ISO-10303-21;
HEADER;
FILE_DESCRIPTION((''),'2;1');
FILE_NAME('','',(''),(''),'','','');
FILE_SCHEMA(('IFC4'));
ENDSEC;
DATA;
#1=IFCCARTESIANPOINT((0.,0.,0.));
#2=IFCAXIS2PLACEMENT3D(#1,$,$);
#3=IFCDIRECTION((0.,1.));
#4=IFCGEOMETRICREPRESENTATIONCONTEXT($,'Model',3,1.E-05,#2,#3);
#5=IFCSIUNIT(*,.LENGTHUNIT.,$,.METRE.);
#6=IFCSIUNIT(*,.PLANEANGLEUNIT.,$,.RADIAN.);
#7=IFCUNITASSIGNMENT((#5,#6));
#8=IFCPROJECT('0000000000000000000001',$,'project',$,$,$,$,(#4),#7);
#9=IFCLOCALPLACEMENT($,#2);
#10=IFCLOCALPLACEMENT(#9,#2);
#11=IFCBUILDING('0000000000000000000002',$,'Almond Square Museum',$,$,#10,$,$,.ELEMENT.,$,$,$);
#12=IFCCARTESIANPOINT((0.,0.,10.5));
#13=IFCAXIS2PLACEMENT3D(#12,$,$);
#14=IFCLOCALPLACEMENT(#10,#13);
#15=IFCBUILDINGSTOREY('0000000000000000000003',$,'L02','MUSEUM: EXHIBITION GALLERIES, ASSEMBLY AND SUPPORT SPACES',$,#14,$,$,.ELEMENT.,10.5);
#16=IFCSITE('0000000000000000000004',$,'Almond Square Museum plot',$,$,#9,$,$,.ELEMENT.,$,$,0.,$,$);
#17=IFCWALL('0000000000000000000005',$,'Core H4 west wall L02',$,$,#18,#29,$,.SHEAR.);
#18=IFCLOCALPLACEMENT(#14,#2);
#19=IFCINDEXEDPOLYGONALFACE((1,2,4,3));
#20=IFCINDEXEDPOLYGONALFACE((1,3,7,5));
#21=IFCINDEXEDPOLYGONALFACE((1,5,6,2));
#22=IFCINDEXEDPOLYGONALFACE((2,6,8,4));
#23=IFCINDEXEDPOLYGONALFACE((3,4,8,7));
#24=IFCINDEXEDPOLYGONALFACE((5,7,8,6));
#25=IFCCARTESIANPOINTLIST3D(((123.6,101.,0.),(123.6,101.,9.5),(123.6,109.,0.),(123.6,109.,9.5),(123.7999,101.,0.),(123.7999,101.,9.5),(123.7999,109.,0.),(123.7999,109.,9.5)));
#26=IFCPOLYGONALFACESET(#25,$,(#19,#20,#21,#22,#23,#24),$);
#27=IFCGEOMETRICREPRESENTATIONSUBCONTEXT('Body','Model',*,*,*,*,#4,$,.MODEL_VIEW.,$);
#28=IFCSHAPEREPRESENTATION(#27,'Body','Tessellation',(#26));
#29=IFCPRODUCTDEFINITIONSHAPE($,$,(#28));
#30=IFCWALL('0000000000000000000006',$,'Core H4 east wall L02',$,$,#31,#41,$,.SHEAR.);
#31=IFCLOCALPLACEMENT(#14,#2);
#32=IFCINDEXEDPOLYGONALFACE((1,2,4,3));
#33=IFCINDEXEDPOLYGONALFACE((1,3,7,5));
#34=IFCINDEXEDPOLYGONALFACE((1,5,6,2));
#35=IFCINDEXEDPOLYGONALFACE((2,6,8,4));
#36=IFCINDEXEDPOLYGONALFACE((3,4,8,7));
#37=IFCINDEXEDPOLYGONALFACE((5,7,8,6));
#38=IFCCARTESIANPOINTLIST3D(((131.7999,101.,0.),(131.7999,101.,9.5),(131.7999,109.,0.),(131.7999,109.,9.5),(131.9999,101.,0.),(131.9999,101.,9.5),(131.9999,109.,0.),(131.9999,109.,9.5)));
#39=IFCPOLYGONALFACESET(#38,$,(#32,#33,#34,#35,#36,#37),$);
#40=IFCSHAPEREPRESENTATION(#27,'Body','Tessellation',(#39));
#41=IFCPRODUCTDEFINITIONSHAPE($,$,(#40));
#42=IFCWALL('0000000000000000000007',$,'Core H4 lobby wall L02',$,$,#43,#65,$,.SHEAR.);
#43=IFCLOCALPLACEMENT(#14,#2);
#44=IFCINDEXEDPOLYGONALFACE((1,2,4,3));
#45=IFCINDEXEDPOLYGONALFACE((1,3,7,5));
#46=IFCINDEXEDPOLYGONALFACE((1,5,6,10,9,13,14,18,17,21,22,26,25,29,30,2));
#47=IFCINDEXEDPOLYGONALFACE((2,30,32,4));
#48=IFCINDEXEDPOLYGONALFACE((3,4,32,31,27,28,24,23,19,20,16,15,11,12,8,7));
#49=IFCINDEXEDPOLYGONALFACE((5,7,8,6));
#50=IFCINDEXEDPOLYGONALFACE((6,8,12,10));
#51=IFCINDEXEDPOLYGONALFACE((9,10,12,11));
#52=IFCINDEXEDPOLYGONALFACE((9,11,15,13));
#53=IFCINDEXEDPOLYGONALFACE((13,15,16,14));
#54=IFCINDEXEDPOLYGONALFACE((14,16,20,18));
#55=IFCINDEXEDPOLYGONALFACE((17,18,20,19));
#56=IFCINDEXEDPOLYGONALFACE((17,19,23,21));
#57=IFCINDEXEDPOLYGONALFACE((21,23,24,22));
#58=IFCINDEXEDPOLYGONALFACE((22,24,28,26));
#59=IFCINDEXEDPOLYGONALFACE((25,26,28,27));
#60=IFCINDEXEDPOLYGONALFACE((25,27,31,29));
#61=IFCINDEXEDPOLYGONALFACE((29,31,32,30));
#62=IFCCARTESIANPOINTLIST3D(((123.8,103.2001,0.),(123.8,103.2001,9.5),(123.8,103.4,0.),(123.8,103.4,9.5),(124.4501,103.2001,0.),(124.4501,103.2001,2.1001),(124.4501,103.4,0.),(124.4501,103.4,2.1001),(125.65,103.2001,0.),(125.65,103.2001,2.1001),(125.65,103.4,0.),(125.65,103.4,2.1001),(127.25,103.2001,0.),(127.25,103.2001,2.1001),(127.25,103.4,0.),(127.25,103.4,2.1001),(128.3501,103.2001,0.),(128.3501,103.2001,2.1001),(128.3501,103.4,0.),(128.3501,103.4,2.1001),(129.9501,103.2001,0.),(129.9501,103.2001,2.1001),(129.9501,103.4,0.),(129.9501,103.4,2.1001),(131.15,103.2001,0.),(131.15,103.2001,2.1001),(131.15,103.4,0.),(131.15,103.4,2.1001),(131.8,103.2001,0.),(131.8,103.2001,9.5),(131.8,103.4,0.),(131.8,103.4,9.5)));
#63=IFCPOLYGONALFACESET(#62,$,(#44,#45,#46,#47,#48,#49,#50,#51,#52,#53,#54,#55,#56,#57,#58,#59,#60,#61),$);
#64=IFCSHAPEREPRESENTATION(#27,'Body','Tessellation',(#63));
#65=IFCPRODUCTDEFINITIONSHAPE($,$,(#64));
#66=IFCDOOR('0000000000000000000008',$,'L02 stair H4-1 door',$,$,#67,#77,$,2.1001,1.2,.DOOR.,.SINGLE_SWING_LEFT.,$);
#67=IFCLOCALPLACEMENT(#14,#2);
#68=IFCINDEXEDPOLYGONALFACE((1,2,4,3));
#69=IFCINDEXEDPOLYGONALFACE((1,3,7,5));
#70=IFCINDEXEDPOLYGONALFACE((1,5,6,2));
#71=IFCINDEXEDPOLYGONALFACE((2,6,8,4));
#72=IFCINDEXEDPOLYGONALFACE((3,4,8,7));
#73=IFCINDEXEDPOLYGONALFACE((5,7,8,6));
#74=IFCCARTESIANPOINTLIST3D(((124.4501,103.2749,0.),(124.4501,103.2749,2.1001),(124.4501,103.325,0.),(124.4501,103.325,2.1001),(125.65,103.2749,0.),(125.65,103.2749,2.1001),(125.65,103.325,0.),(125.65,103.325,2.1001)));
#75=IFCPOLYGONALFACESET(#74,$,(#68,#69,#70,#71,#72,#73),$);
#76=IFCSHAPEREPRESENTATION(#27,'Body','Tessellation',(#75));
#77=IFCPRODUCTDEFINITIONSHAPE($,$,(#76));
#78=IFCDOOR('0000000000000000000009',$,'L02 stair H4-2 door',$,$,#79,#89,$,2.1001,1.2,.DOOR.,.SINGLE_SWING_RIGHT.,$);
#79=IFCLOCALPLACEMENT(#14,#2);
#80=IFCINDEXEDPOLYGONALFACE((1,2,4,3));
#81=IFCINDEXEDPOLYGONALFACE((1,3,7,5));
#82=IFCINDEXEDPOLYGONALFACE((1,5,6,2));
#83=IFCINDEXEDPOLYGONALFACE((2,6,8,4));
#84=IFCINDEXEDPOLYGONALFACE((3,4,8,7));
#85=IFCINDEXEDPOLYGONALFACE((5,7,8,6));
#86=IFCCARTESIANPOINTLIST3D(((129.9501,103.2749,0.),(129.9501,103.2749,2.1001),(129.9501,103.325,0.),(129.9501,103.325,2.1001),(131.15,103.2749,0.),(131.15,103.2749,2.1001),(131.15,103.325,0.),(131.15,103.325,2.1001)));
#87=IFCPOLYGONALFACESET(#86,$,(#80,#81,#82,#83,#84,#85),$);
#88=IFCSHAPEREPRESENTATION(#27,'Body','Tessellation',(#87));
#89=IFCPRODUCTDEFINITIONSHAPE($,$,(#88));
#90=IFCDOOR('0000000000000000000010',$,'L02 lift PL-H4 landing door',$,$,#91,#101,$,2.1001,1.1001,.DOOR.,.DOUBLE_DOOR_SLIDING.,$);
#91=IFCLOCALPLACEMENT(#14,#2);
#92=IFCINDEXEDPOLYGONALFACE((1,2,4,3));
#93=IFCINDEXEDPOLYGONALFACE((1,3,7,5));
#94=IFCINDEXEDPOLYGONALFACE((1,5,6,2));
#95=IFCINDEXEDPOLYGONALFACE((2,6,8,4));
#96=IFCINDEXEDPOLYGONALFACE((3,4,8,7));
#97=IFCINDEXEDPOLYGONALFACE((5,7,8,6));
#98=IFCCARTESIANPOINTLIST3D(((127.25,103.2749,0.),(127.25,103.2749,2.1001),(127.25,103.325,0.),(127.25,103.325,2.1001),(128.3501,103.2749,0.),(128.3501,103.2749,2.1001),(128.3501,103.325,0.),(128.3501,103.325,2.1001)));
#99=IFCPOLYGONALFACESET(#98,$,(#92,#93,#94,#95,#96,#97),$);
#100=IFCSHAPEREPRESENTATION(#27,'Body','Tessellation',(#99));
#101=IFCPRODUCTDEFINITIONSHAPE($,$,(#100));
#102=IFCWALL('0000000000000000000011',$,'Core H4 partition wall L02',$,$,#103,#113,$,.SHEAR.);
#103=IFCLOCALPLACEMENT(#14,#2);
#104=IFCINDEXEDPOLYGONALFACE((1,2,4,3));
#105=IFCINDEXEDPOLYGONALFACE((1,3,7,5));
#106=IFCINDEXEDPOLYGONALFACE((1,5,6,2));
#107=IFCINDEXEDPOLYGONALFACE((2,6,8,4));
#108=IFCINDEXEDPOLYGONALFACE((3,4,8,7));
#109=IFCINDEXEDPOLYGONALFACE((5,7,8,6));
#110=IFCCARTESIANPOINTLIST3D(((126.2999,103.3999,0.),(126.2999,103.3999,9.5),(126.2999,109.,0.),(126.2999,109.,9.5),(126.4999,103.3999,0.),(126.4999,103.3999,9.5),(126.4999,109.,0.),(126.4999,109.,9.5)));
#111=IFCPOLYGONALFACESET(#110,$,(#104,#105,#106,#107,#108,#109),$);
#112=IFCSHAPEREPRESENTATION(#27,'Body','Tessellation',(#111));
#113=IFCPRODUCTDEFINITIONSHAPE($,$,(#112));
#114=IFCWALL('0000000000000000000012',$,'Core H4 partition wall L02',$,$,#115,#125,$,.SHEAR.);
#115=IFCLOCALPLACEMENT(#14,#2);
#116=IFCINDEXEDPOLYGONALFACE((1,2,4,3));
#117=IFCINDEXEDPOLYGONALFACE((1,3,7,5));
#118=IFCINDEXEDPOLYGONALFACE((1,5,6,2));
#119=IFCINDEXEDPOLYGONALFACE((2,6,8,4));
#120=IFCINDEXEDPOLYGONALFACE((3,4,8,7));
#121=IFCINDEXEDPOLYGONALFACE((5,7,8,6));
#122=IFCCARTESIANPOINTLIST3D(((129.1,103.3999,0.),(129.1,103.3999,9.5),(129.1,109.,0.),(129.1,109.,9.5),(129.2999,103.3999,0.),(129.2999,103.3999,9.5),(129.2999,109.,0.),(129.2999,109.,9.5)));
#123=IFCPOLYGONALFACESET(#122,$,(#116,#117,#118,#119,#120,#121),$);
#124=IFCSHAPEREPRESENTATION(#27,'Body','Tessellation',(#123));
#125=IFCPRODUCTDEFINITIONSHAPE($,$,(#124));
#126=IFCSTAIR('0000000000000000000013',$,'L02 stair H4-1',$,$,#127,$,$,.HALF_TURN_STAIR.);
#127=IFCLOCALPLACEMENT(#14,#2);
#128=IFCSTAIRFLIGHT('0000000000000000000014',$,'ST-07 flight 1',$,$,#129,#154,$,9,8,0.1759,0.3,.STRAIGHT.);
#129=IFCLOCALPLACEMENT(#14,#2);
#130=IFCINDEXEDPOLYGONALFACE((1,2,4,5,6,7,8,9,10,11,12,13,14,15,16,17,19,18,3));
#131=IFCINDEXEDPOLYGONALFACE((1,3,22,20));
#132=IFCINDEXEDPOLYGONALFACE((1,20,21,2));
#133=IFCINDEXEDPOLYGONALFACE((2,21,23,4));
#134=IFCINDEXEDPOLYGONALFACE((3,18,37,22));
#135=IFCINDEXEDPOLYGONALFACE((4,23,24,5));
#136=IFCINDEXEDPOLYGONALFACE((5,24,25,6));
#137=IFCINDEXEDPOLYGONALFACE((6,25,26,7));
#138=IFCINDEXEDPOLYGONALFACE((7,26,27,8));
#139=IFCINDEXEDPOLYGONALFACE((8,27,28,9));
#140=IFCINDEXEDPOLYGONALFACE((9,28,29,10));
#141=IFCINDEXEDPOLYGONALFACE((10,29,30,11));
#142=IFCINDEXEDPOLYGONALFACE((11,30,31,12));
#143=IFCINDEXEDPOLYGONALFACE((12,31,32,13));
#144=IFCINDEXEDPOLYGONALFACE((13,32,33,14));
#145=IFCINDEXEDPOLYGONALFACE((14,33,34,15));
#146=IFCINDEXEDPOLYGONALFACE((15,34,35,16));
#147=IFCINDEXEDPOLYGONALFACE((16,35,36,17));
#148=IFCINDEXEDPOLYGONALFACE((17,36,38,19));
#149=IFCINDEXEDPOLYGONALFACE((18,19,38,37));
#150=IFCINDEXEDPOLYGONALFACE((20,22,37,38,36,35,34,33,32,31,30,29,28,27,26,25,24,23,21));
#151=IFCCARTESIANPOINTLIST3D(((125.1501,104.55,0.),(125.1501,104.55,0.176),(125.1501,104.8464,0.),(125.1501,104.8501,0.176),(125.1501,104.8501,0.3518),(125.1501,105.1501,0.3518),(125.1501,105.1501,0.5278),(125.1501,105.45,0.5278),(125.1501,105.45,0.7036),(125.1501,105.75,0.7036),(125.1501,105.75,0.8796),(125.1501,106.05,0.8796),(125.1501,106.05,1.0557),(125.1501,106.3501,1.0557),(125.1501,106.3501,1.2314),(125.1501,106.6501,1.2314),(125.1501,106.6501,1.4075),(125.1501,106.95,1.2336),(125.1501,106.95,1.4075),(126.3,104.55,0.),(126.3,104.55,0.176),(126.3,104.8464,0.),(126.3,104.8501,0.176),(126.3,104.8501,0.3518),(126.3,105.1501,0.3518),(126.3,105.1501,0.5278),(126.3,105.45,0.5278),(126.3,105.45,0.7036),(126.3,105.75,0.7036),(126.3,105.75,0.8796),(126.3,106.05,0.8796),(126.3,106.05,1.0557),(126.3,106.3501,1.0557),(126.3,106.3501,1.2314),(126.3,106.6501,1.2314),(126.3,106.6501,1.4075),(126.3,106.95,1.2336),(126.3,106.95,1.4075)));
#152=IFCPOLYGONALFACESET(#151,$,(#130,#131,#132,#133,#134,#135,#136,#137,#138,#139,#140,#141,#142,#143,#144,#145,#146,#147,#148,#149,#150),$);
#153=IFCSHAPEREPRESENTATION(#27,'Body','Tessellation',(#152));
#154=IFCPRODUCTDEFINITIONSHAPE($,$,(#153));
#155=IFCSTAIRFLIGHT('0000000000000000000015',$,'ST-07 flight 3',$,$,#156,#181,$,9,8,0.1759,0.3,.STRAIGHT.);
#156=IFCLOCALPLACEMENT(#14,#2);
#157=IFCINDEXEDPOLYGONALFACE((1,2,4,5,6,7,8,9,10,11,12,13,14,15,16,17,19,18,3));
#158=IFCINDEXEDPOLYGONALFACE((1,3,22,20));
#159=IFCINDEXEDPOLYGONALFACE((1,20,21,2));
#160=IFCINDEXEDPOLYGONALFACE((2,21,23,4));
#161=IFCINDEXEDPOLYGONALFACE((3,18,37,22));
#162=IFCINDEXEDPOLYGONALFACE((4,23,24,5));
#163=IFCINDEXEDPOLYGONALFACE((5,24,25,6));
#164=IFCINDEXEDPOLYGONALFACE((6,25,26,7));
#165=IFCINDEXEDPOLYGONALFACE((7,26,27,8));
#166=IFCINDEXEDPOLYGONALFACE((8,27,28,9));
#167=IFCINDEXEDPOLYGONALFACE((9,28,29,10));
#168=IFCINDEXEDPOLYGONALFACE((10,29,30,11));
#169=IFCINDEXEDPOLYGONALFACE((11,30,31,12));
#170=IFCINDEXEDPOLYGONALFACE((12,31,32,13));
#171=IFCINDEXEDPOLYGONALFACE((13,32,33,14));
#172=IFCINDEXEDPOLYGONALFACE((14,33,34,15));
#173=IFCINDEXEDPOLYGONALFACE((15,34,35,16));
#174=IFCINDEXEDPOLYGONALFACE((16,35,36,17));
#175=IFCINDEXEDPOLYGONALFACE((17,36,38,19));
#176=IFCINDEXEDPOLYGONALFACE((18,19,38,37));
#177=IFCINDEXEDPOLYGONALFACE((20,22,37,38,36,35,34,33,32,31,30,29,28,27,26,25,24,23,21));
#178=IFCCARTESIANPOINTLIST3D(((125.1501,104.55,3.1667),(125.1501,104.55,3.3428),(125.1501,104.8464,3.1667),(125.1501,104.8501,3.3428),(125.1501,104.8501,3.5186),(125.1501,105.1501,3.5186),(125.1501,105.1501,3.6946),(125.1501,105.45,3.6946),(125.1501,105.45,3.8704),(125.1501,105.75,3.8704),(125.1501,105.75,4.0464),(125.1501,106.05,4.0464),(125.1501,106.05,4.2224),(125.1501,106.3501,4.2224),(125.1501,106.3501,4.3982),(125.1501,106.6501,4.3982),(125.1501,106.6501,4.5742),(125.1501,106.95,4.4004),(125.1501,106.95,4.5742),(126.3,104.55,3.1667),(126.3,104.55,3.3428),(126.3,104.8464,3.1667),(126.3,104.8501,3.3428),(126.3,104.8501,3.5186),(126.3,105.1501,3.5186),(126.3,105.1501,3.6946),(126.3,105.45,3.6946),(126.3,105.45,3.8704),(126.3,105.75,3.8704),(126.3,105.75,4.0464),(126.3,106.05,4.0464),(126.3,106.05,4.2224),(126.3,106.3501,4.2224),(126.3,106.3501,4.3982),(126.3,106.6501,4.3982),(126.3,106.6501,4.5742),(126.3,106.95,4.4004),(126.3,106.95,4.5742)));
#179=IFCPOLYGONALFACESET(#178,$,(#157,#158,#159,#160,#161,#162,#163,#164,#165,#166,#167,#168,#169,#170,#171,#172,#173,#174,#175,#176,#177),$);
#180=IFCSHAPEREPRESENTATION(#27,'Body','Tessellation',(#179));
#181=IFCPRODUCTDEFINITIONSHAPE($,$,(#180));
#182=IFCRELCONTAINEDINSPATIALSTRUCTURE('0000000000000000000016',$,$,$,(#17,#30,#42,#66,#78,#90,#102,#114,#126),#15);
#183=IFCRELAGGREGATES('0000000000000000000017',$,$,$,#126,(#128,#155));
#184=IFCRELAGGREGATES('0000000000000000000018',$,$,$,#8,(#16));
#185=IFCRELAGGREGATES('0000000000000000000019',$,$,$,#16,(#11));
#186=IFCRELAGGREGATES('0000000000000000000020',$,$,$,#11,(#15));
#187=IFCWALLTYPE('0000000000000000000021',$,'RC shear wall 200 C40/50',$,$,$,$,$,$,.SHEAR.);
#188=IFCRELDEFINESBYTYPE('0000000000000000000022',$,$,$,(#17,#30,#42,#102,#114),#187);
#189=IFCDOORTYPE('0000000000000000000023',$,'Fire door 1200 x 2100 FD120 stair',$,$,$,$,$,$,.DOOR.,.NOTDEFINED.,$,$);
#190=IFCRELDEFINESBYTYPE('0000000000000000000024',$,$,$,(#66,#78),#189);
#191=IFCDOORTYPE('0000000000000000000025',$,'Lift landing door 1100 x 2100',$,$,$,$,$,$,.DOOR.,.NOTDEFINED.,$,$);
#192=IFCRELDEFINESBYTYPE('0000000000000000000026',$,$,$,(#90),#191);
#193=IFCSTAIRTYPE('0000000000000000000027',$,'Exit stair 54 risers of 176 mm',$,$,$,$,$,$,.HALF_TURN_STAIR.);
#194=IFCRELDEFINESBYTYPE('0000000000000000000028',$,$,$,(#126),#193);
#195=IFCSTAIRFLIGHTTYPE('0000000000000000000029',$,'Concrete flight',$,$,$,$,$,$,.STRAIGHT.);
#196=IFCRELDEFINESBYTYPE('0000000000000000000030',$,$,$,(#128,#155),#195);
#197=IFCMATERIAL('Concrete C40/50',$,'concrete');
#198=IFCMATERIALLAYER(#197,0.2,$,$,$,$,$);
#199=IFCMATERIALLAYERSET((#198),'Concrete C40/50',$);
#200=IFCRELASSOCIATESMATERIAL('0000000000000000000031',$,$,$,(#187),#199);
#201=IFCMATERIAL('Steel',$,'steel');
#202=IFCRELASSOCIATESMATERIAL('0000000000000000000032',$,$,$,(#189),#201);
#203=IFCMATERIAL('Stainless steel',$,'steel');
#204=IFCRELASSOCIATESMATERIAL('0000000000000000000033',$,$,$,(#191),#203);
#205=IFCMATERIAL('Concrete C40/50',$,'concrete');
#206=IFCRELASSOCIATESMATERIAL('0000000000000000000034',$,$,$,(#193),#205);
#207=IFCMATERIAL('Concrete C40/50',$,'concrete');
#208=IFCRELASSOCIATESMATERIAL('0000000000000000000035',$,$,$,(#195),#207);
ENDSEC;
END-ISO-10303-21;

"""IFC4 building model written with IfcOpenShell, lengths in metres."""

from ifc_helpers import new_model, si_unit, direction, frame, frame_2d, origin, place, context, subcontext, project, spatial, polyline, rectangle, outline, extrude, material, layer, layer_set, type_object, element, fill, aggregate, save


model = new_model("IFC4")

# Units and contexts
model_context = context("Model", 3, precision=1e-05, world=origin(), true_north=direction((0.0, 1.0)))
body_context = subcontext(model_context, "Body", "Model", "MODEL_VIEW")
ifc_project = project(units=[si_unit("LENGTHUNIT", "METRE"), si_unit("PLANEANGLEUNIT", "RADIAN")], contexts=[model_context])

# Site, building, storey
site_placement = place(None, origin())
site = spatial("IfcSite", under=ifc_project, at=site_placement, Name="Almond Square Museum plot", CompositionType="ELEMENT", RefElevation=0.0)
building_placement = place(site_placement, origin())
building = spatial("IfcBuilding", under=site, at=building_placement, Name="Almond Square Museum", CompositionType="ELEMENT")
storey_placement = place(building_placement, frame((0.0, 0.0, 10.5)))
storey = spatial("IfcBuildingStorey", under=building, at=storey_placement, Name="L02", Description="MUSEUM: EXHIBITION GALLERIES, ASSEMBLY AND SUPPORT SPACES", CompositionType="ELEMENT", Elevation=10.5)

# Shared definitions
ifc_material_1 = material(Name="Concrete C40/50", Category="concrete")
ifc_layer = layer(ifc_material_1, 0.2)
ifc_layer_set = layer_set([ifc_layer], Name="Concrete C40/50")
wall_type = type_object("IfcWallType", Name="RC shear wall 200 C40/50", PredefinedType="SHEAR", material=ifc_layer_set)

# Walls
for number, where, z_axis, x_axis, name in (
    (1, (123.7, 101.0, 0.0), (0.0, 0.0, 1.0), (0.0, 1.0, 0.0), "Core H4 west wall L02"),
    (2, (131.8999, 101.0, 0.0), (0.0, 0.0, 1.0), (0.0, 1.0, 0.0), "Core H4 east wall L02"),
):
    element("IfcWall", number, at=place(storey_placement, frame(where, z_axis=z_axis, x_axis=x_axis)), inside=storey, type_object=wall_type, Name=name, PredefinedType="SHEAR", context=body_context, shape_type="SweptSolid", body=[
        extrude(rectangle(XDim=8.0, YDim=0.2, at=frame_2d((4.0, 0.0))), origin(), (0.0, 0.0, 1.0), 9.5),
    ])

# Wall, openings, doors
wall_1_placement = place(storey_placement, frame((123.8, 103.3, 0.0), z_axis=(0.0, 0.0, 1.0), x_axis=(1.0, 0.0, 0.0)))
wall_1 = element("IfcWall", 3, at=wall_1_placement, inside=storey, type_object=wall_type, Name="Core H4 lobby wall L02", PredefinedType="SHEAR", context=body_context, shape_type="SweptSolid", body=[
    extrude(rectangle(XDim=8.0, YDim=0.2, at=frame_2d((4.0, 0.0))), origin(), (0.0, 0.0, 1.0), 9.5),
])
opening_1_placement = place(wall_1_placement, frame((0.6499, 0.0, 0.0)))
opening_1 = element("IfcOpeningElement", 4, at=opening_1_placement, cuts=wall_1, PredefinedType="OPENING", context=body_context, shape_type="SweptSolid", body=[
    extrude(rectangle(XDim=1.2, YDim=2.1001, at=frame_2d((0.6001, 1.05))), frame((0.0, 0.1099, 0.0), z_axis=(0.0, -1.0, 0.0), x_axis=(1.0, 0.0, 0.0)), (0.0, 0.0, 1.0), 0.22),
])
opening_2_placement = place(wall_1_placement, frame((6.1499, 0.0, 0.0)))
opening_2 = element("IfcOpeningElement", 5, at=opening_2_placement, cuts=wall_1, PredefinedType="OPENING", context=body_context, shape_type="SweptSolid", body=[
    extrude(rectangle(XDim=1.2, YDim=2.1001, at=frame_2d((0.6001, 1.05))), frame((0.0, 0.1099, 0.0), z_axis=(0.0, -1.0, 0.0), x_axis=(1.0, 0.0, 0.0)), (0.0, 0.0, 1.0), 0.22),
])
opening_3_placement = place(wall_1_placement, frame((3.45, 0.0, 0.0)))
opening_3 = element("IfcOpeningElement", 6, at=opening_3_placement, cuts=wall_1, PredefinedType="OPENING", context=body_context, shape_type="SweptSolid", body=[
    extrude(rectangle(XDim=1.1001, YDim=2.1001, at=frame_2d((0.55, 1.05))), frame((0.0, 0.1099, 0.0), z_axis=(0.0, -1.0, 0.0), x_axis=(1.0, 0.0, 0.0)), (0.0, 0.0, 1.0), 0.22),
])
ifc_material_2 = material(Name="Steel", Category="steel")
door_type_1 = type_object("IfcDoorType", Name="Fire door 1200 x 2100 FD120 stair", OperationType="NOTDEFINED", PredefinedType="DOOR", material=ifc_material_2)
door_1_placement = place(opening_1_placement, origin())
door_1 = element("IfcDoor", 7, at=door_1_placement, inside=storey, type_object=door_type_1, Name="L02 stair H4-1 door", OperationType="SINGLE_SWING_LEFT", OverallHeight=2.1001, OverallWidth=1.2, PredefinedType="DOOR", context=body_context, shape_type="SweptSolid", body=[
    extrude(rectangle(XDim=1.2, YDim=2.1001, at=frame_2d((0.6001, 1.05))), frame((0.0, 0.0249, 0.0), z_axis=(0.0, -1.0, 0.0), x_axis=(1.0, 0.0, 0.0)), (0.0, 0.0, 1.0), 0.05),
])
fill(opening_1, door_1)
door_2_placement = place(opening_2_placement, origin())
door_2 = element("IfcDoor", 8, at=door_2_placement, inside=storey, type_object=door_type_1, Name="L02 stair H4-2 door", OperationType="SINGLE_SWING_RIGHT", OverallHeight=2.1001, OverallWidth=1.2, PredefinedType="DOOR", context=body_context, shape_type="SweptSolid", body=[
    extrude(rectangle(XDim=1.2, YDim=2.1001, at=frame_2d((0.6001, 1.05))), frame((0.0, 0.0249, 0.0), z_axis=(0.0, -1.0, 0.0), x_axis=(1.0, 0.0, 0.0)), (0.0, 0.0, 1.0), 0.05),
])
fill(opening_2, door_2)
ifc_material_3 = material(Name="Stainless steel", Category="steel")
door_type_2 = type_object("IfcDoorType", Name="Lift landing door 1100 x 2100", OperationType="NOTDEFINED", PredefinedType="DOOR", material=ifc_material_3)
door_3_placement = place(opening_3_placement, origin())
door_3 = element("IfcDoor", 9, at=door_3_placement, inside=storey, type_object=door_type_2, Name="L02 lift PL-H4 landing door", OperationType="DOUBLE_DOOR_SLIDING", OverallHeight=2.1001, OverallWidth=1.1001, PredefinedType="DOOR", context=body_context, shape_type="SweptSolid", body=[
    extrude(rectangle(XDim=1.1001, YDim=2.1001, at=frame_2d((0.55, 1.05))), frame((0.0, 0.0249, 0.0), z_axis=(0.0, -1.0, 0.0), x_axis=(1.0, 0.0, 0.0)), (0.0, 0.0, 1.0), 0.05),
])
fill(opening_3, door_3)

# Walls
for number, where, z_axis, x_axis, name in (
    (10, (126.3999, 103.3999, 0.0), (0.0, 0.0, 1.0), (0.0, 1.0, 0.0), "Core H4 partition wall L02"),
    (11, (129.2, 103.3999, 0.0), (0.0, 0.0, 1.0), (0.0, 1.0, 0.0), "Core H4 partition wall L02"),
):
    element("IfcWall", number, at=place(storey_placement, frame(where, z_axis=z_axis, x_axis=x_axis)), inside=storey, type_object=wall_type, Name=name, PredefinedType="SHEAR", context=body_context, shape_type="SweptSolid", body=[
        extrude(rectangle(XDim=5.6001, YDim=0.2, at=frame_2d((2.8, 0.0))), origin(), (0.0, 0.0, 1.0), 9.5),
    ])

# Stair, stair flights
ifc_material_4 = material(Name="Concrete C40/50", Category="concrete")
stair_type = type_object("IfcStairType", Name="Exit stair 54 risers of 176 mm", PredefinedType="HALF_TURN_STAIR", material=ifc_material_4)
stair_placement = place(storey_placement, origin())
stair = element("IfcStair", 12, at=stair_placement, inside=storey, type_object=stair_type, Name="L02 stair H4-1", PredefinedType="HALF_TURN_STAIR")
ifc_material_5 = material(Name="Concrete C40/50", Category="concrete")
stair_flight_type = type_object("IfcStairFlightType", Name="Concrete flight", PredefinedType="STRAIGHT", material=ifc_material_5)
stair_flight_1_placement = place(storey_placement, frame((125.7251, 104.55, 0.0), z_axis=(0.0, 0.0, 1.0), x_axis=(0.0, 1.0, 0.0)))
stair_flight_1 = element("IfcStairFlight", 13, at=stair_flight_1_placement, type_object=stair_flight_type, Name="ST-07 flight 1", NumberOfRisers=9, NumberOfTreads=8, PredefinedType="STRAIGHT", RiserHeight=0.1759, TreadLength=0.3, context=body_context, shape_type="SweptSolid", body=[
    extrude(outline(polyline([(0.0, 0.0), (0.0, 0.176), (0.3, 0.176), (0.3, 0.3518), (0.6001, 0.3518), (0.6001, 0.5278), (0.8999, 0.5278), (0.8999, 0.7036), (1.2, 0.7036), (1.2, 0.8796), (1.5, 0.8796), (1.5, 1.0557), (1.8, 1.0557), (1.8, 1.2314), (2.1001, 1.2314), (2.1001, 1.4075), (2.3999, 1.4075), (2.3999, 1.5833), (2.3999, 1.2336), (0.2964, 0.0), (0.0, 0.0)])), frame((0.0, 0.575, 0.0), z_axis=(0.0, -1.0, 0.0), x_axis=(1.0, 0.0, 0.0)), (0.0, 0.0, 1.0), 1.1499),
])
stair_flight_2_placement = place(storey_placement, frame((125.7251, 104.55, 3.1667), z_axis=(0.0, 0.0, 1.0), x_axis=(0.0, 1.0, 0.0)))
stair_flight_2 = element("IfcStairFlight", 14, at=stair_flight_2_placement, type_object=stair_flight_type, Name="ST-07 flight 3", NumberOfRisers=9, NumberOfTreads=8, PredefinedType="STRAIGHT", RiserHeight=0.1759, TreadLength=0.3, context=body_context, shape_type="SweptSolid", body=[
    extrude(outline(polyline([(0.0, 0.0), (0.0, 0.176), (0.3, 0.176), (0.3, 0.3518), (0.6001, 0.3518), (0.6001, 0.5278), (0.8999, 0.5278), (0.8999, 0.7036), (1.2, 0.7036), (1.2, 0.8796), (1.5, 0.8796), (1.5, 1.0557), (1.8, 1.0557), (1.8, 1.2314), (2.1001, 1.2314), (2.1001, 1.4075), (2.3999, 1.4075), (2.3999, 1.5833), (2.3999, 1.2336), (0.2964, 0.0), (0.0, 0.0)])), frame((0.0, 0.575, 0.0), z_axis=(0.0, -1.0, 0.0), x_axis=(1.0, 0.0, 0.0)), (0.0, 0.0, 1.0), 1.1499),
])
aggregate(stair, [stair_flight_1, stair_flight_2])

save(model, "model.ifc")
